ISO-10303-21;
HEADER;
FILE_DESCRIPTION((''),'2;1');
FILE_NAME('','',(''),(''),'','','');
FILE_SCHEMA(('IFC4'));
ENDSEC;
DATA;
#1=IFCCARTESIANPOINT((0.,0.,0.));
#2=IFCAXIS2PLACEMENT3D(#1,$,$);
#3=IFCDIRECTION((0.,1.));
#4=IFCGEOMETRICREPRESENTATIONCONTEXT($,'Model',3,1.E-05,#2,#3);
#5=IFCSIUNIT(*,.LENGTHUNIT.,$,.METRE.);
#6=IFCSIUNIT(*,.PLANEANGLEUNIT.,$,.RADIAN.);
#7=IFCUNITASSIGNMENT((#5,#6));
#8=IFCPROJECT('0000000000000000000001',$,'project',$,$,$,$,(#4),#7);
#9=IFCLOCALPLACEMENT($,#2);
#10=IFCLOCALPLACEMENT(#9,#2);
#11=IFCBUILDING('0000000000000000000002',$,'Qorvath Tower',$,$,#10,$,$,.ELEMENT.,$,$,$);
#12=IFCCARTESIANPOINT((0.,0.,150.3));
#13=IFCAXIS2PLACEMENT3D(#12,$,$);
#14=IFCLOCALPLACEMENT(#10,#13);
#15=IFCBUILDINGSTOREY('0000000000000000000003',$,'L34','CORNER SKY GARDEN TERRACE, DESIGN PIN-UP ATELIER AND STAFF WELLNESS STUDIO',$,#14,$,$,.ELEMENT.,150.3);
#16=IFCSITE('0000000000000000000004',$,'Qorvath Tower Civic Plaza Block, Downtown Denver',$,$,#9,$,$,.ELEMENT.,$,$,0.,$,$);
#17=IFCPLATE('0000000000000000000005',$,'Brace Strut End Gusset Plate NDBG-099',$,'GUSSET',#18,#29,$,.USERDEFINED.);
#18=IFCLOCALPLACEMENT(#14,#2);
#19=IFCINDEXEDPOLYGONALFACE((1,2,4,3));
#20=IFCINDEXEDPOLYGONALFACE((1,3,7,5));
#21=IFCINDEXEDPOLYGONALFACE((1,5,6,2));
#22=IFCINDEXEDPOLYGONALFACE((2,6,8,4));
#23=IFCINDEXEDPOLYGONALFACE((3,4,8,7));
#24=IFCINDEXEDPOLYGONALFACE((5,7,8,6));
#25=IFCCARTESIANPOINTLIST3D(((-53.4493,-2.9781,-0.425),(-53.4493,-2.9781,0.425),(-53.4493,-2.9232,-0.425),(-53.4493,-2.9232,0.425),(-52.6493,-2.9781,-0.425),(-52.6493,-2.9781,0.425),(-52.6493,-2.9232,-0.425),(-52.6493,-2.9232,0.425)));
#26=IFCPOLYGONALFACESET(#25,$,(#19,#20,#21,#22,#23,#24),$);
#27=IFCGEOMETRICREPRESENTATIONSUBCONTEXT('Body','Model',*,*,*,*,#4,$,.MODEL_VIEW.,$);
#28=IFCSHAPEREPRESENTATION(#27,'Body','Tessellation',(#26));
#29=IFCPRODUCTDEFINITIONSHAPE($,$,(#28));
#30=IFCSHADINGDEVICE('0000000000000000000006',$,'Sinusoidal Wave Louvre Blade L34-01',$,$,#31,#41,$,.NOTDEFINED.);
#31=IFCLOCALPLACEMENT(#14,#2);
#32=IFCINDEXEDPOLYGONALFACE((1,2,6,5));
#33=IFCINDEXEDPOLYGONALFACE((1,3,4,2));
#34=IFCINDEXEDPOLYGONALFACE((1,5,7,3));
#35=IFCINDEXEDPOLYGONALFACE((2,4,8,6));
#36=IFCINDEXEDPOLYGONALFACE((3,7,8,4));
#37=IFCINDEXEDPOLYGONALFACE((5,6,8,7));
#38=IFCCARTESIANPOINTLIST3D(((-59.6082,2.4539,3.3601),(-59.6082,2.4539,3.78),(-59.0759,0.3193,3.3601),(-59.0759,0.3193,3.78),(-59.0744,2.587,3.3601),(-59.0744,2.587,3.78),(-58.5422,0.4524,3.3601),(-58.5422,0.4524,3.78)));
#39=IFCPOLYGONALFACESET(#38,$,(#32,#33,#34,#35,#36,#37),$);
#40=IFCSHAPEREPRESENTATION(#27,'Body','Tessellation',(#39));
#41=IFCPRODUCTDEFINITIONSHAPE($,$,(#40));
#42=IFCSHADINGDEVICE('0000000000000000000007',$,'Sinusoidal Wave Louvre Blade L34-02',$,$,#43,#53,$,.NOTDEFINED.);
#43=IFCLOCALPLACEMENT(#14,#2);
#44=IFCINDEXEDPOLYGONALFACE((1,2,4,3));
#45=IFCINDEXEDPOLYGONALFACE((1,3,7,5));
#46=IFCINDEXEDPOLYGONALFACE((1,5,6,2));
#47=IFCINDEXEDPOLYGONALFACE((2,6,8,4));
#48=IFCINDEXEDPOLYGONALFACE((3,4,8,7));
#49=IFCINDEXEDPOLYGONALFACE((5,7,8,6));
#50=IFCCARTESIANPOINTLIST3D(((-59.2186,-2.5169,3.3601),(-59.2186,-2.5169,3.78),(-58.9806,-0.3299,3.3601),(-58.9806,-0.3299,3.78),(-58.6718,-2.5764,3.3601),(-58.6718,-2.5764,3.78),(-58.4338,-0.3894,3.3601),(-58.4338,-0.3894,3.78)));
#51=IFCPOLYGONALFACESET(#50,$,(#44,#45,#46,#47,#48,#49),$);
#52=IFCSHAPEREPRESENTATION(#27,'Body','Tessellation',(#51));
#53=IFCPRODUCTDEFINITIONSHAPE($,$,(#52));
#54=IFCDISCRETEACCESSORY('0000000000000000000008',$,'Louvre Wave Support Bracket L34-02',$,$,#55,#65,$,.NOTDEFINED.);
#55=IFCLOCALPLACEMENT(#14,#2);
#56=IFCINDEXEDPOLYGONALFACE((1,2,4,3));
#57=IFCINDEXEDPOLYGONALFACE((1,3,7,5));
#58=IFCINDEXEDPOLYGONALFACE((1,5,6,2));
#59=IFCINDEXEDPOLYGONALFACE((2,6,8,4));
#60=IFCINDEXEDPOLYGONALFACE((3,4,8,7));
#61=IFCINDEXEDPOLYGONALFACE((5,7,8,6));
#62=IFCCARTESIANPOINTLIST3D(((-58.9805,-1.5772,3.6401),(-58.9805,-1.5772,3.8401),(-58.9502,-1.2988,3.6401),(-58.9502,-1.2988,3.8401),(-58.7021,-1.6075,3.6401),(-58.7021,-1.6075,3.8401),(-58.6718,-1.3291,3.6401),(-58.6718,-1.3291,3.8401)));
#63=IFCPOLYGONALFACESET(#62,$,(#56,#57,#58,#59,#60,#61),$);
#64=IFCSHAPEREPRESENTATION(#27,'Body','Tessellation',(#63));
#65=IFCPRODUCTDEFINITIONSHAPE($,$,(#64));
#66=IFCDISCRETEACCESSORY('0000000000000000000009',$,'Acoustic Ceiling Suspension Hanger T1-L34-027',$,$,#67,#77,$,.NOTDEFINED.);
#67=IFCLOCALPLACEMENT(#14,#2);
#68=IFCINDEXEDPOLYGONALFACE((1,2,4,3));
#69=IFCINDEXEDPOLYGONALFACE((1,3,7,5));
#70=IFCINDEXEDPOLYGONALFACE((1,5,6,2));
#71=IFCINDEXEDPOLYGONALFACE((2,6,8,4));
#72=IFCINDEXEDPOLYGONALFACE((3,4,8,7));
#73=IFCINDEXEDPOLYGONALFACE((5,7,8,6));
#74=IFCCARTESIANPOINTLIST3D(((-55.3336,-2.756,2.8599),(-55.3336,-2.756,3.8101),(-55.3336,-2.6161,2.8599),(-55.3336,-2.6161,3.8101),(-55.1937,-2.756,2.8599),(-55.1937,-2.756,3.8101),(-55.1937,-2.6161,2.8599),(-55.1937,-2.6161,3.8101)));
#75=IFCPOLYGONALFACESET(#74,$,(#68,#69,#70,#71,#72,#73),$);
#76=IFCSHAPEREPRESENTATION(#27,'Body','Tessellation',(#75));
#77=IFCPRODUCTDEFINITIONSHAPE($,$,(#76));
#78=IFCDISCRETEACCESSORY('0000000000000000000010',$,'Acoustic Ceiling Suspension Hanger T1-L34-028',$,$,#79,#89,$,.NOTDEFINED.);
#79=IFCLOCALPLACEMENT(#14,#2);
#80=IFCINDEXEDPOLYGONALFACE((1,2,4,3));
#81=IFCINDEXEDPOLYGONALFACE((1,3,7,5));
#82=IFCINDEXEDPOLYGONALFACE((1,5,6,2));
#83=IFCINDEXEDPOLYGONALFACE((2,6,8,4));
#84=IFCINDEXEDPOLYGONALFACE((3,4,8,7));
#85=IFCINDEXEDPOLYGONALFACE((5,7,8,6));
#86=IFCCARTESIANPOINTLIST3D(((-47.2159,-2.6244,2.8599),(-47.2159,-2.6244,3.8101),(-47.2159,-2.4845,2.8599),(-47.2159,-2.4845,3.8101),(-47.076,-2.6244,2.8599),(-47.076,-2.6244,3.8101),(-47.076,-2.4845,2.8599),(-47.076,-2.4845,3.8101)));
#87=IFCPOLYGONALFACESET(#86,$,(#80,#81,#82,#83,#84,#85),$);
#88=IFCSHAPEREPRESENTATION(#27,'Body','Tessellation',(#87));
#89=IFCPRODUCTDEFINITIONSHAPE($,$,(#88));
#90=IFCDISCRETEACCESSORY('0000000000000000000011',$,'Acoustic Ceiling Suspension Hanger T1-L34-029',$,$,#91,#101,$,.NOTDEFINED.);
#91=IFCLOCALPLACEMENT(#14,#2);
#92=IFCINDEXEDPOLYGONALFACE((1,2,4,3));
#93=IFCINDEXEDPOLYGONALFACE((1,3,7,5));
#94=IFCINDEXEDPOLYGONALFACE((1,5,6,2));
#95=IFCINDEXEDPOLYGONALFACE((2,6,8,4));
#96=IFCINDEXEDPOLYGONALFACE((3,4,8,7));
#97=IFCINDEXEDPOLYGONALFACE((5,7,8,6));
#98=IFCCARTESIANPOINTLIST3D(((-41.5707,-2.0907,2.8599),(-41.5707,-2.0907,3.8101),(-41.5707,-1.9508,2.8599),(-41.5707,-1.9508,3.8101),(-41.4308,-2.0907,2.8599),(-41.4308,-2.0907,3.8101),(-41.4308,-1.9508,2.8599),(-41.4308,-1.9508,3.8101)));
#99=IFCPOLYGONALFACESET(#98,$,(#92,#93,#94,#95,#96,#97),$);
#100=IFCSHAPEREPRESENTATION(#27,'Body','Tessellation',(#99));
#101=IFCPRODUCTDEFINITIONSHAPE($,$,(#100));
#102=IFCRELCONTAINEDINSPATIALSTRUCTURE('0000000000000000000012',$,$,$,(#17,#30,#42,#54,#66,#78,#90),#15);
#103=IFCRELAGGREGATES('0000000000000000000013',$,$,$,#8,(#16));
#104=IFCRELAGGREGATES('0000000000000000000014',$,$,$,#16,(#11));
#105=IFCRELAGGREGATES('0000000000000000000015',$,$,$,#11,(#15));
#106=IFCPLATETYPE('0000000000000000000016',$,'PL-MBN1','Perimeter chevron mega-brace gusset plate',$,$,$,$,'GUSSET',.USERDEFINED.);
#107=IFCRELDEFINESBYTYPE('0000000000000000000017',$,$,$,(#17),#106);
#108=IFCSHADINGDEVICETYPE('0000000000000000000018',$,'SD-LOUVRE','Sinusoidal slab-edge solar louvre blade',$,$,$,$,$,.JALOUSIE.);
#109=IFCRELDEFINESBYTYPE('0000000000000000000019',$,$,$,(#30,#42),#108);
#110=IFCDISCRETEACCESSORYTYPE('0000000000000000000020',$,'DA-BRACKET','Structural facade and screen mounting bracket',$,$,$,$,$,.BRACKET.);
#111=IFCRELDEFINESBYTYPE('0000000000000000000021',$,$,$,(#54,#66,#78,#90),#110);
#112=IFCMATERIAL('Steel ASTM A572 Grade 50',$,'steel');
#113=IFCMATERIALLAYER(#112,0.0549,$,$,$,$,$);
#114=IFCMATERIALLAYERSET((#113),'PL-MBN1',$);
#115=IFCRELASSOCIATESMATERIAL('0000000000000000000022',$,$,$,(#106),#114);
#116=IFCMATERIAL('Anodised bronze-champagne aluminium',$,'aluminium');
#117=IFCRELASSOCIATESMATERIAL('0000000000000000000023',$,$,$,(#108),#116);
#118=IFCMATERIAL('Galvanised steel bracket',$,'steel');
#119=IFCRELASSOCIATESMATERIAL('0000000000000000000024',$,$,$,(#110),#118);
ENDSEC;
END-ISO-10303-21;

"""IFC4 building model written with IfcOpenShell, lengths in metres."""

from ifc_helpers import new_model, si_unit, direction, frame, origin, origin_2d, place, context, subcontext, project, spatial, rectangle, extrude, material, layer, layer_set, type_object, element, save


model = new_model("IFC4")

# Units and contexts
model_context = context("Model", 3, precision=1e-05, world=origin(), true_north=direction((0.0, 1.0)))
body_context = subcontext(model_context, "Body", "Model", "MODEL_VIEW")
ifc_project = project(units=[si_unit("LENGTHUNIT", "METRE"), si_unit("PLANEANGLEUNIT", "RADIAN")], contexts=[model_context])

# Site, building, storey
site_placement = place(None, origin())
site = spatial("IfcSite", under=ifc_project, at=site_placement, Name="Qorvath Tower Civic Plaza Block, Downtown Denver", CompositionType="ELEMENT", RefElevation=0.0)
building_placement = place(site_placement, origin())
building = spatial("IfcBuilding", under=site, at=building_placement, Name="Qorvath Tower", CompositionType="ELEMENT")
storey_placement = place(building_placement, frame((0.0, 0.0, 150.3)))
storey = spatial("IfcBuildingStorey", under=building, at=storey_placement, Name="L34", Description="CORNER SKY GARDEN TERRACE, DESIGN PIN-UP ATELIER AND STAFF WELLNESS STUDIO", CompositionType="ELEMENT", Elevation=150.3)

# Plate
ifc_material_1 = material(Name="Steel ASTM A572 Grade 50", Category="steel")
ifc_layer_1 = layer(ifc_material_1, 0.0549)
ifc_layer_set_1 = layer_set([ifc_layer_1], Name="PL-MBN1")
plate_type_1 = type_object("IfcPlateType", Name="PL-MBN1", Description="Perimeter chevron mega-brace gusset plate", ElementType="GUSSET", PredefinedType="USERDEFINED", material=ifc_layer_set_1)
plate_1_placement = place(storey_placement, frame((-53.0493, -2.9507, -0.425), z_axis=(0.0, 0.0, 1.0), x_axis=(1.0, 0.0, 0.0)))
element("IfcPlate", 1, at=plate_1_placement, inside=storey, type_object=plate_type_1, Name="Brace Strut End Gusset Plate NDBG-099", ObjectType="GUSSET", PredefinedType="USERDEFINED", context=body_context, shape_type="SweptSolid", body=[
    extrude(rectangle(XDim=0.8, YDim=0.0549, at=origin_2d()), origin(), (0.0, 0.0, 1.0), 0.8501),
])

# Shading devices
ifc_material_2 = material(Name="Anodised bronze-champagne aluminium", Category="aluminium")
shading_device_type = type_object("IfcShadingDeviceType", Name="SD-LOUVRE", Description="Sinusoidal slab-edge solar louvre blade", PredefinedType="JALOUSIE", material=ifc_material_2)
for number, where, z_axis, x_axis, name in (
    (2, (-59.0752, 1.4531, 3.3601), (0.0, 0.0, 1.0), (0.241922, -0.970296, 0.0), "Sinusoidal Wave Louvre Blade L34-01"),
    (3, (-58.8262, -1.4531, 3.3601), (0.0, 0.0, 1.0), (-0.108194, -0.99413, 0.0), "Sinusoidal Wave Louvre Blade L34-02"),
):
    element("IfcShadingDevice", number, at=place(storey_placement, frame(where, z_axis=z_axis, x_axis=x_axis)), inside=storey, type_object=shading_device_type, Name=name, PredefinedType="NOTDEFINED", context=body_context, shape_type="SweptSolid", body=[
        extrude(rectangle(XDim=2.2, YDim=0.55, at=origin_2d()), origin(), (0.0, 0.0, 1.0), 0.4199),
    ])

# Discrete accessories
ifc_material_3 = material(Name="Galvanised steel bracket", Category="steel")
discrete_accessory_type = type_object("IfcDiscreteAccessoryType", Name="DA-BRACKET", Description="Structural facade and screen mounting bracket", PredefinedType="BRACKET", material=ifc_material_3)
discrete_accessory_placement = place(storey_placement, frame((-58.8262, -1.4531, 3.6401), z_axis=(0.0, 0.0, 1.0), x_axis=(-0.108194, -0.99413, 0.0)))
element("IfcDiscreteAccessory", 4, at=discrete_accessory_placement, inside=storey, type_object=discrete_accessory_type, Name="Louvre Wave Support Bracket L34-02", PredefinedType="NOTDEFINED", context=body_context, shape_type="SweptSolid", body=[
    extrude(rectangle(XDim=0.28, YDim=0.28, at=origin_2d()), origin(), (0.0, 0.0, 1.0), 0.2),
])
for number, where, z_axis, x_axis, name in (
    (5, (-55.2637, -2.686, 2.8599), (0.0, 0.0, 1.0), (1.0, 0.0, 0.0), "Acoustic Ceiling Suspension Hanger T1-L34-027"),
    (6, (-47.146, -2.5544, 2.8599), (0.0, 0.0, 1.0), (1.0, 0.0, 0.0), "Acoustic Ceiling Suspension Hanger T1-L34-028"),
    (7, (-41.5007, -2.0208, 2.8599), (0.0, 0.0, 1.0), (1.0, 0.0, 0.0), "Acoustic Ceiling Suspension Hanger T1-L34-029"),
):
    element("IfcDiscreteAccessory", number, at=place(storey_placement, frame(where, z_axis=z_axis, x_axis=x_axis)), inside=storey, type_object=discrete_accessory_type, Name=name, PredefinedType="NOTDEFINED", context=body_context, shape_type="SweptSolid", body=[
        extrude(rectangle(XDim=0.1399, YDim=0.1399, at=origin_2d()), origin(), (0.0, 0.0, 1.0), 0.9502),
    ])

save(model, "model.ifc")
